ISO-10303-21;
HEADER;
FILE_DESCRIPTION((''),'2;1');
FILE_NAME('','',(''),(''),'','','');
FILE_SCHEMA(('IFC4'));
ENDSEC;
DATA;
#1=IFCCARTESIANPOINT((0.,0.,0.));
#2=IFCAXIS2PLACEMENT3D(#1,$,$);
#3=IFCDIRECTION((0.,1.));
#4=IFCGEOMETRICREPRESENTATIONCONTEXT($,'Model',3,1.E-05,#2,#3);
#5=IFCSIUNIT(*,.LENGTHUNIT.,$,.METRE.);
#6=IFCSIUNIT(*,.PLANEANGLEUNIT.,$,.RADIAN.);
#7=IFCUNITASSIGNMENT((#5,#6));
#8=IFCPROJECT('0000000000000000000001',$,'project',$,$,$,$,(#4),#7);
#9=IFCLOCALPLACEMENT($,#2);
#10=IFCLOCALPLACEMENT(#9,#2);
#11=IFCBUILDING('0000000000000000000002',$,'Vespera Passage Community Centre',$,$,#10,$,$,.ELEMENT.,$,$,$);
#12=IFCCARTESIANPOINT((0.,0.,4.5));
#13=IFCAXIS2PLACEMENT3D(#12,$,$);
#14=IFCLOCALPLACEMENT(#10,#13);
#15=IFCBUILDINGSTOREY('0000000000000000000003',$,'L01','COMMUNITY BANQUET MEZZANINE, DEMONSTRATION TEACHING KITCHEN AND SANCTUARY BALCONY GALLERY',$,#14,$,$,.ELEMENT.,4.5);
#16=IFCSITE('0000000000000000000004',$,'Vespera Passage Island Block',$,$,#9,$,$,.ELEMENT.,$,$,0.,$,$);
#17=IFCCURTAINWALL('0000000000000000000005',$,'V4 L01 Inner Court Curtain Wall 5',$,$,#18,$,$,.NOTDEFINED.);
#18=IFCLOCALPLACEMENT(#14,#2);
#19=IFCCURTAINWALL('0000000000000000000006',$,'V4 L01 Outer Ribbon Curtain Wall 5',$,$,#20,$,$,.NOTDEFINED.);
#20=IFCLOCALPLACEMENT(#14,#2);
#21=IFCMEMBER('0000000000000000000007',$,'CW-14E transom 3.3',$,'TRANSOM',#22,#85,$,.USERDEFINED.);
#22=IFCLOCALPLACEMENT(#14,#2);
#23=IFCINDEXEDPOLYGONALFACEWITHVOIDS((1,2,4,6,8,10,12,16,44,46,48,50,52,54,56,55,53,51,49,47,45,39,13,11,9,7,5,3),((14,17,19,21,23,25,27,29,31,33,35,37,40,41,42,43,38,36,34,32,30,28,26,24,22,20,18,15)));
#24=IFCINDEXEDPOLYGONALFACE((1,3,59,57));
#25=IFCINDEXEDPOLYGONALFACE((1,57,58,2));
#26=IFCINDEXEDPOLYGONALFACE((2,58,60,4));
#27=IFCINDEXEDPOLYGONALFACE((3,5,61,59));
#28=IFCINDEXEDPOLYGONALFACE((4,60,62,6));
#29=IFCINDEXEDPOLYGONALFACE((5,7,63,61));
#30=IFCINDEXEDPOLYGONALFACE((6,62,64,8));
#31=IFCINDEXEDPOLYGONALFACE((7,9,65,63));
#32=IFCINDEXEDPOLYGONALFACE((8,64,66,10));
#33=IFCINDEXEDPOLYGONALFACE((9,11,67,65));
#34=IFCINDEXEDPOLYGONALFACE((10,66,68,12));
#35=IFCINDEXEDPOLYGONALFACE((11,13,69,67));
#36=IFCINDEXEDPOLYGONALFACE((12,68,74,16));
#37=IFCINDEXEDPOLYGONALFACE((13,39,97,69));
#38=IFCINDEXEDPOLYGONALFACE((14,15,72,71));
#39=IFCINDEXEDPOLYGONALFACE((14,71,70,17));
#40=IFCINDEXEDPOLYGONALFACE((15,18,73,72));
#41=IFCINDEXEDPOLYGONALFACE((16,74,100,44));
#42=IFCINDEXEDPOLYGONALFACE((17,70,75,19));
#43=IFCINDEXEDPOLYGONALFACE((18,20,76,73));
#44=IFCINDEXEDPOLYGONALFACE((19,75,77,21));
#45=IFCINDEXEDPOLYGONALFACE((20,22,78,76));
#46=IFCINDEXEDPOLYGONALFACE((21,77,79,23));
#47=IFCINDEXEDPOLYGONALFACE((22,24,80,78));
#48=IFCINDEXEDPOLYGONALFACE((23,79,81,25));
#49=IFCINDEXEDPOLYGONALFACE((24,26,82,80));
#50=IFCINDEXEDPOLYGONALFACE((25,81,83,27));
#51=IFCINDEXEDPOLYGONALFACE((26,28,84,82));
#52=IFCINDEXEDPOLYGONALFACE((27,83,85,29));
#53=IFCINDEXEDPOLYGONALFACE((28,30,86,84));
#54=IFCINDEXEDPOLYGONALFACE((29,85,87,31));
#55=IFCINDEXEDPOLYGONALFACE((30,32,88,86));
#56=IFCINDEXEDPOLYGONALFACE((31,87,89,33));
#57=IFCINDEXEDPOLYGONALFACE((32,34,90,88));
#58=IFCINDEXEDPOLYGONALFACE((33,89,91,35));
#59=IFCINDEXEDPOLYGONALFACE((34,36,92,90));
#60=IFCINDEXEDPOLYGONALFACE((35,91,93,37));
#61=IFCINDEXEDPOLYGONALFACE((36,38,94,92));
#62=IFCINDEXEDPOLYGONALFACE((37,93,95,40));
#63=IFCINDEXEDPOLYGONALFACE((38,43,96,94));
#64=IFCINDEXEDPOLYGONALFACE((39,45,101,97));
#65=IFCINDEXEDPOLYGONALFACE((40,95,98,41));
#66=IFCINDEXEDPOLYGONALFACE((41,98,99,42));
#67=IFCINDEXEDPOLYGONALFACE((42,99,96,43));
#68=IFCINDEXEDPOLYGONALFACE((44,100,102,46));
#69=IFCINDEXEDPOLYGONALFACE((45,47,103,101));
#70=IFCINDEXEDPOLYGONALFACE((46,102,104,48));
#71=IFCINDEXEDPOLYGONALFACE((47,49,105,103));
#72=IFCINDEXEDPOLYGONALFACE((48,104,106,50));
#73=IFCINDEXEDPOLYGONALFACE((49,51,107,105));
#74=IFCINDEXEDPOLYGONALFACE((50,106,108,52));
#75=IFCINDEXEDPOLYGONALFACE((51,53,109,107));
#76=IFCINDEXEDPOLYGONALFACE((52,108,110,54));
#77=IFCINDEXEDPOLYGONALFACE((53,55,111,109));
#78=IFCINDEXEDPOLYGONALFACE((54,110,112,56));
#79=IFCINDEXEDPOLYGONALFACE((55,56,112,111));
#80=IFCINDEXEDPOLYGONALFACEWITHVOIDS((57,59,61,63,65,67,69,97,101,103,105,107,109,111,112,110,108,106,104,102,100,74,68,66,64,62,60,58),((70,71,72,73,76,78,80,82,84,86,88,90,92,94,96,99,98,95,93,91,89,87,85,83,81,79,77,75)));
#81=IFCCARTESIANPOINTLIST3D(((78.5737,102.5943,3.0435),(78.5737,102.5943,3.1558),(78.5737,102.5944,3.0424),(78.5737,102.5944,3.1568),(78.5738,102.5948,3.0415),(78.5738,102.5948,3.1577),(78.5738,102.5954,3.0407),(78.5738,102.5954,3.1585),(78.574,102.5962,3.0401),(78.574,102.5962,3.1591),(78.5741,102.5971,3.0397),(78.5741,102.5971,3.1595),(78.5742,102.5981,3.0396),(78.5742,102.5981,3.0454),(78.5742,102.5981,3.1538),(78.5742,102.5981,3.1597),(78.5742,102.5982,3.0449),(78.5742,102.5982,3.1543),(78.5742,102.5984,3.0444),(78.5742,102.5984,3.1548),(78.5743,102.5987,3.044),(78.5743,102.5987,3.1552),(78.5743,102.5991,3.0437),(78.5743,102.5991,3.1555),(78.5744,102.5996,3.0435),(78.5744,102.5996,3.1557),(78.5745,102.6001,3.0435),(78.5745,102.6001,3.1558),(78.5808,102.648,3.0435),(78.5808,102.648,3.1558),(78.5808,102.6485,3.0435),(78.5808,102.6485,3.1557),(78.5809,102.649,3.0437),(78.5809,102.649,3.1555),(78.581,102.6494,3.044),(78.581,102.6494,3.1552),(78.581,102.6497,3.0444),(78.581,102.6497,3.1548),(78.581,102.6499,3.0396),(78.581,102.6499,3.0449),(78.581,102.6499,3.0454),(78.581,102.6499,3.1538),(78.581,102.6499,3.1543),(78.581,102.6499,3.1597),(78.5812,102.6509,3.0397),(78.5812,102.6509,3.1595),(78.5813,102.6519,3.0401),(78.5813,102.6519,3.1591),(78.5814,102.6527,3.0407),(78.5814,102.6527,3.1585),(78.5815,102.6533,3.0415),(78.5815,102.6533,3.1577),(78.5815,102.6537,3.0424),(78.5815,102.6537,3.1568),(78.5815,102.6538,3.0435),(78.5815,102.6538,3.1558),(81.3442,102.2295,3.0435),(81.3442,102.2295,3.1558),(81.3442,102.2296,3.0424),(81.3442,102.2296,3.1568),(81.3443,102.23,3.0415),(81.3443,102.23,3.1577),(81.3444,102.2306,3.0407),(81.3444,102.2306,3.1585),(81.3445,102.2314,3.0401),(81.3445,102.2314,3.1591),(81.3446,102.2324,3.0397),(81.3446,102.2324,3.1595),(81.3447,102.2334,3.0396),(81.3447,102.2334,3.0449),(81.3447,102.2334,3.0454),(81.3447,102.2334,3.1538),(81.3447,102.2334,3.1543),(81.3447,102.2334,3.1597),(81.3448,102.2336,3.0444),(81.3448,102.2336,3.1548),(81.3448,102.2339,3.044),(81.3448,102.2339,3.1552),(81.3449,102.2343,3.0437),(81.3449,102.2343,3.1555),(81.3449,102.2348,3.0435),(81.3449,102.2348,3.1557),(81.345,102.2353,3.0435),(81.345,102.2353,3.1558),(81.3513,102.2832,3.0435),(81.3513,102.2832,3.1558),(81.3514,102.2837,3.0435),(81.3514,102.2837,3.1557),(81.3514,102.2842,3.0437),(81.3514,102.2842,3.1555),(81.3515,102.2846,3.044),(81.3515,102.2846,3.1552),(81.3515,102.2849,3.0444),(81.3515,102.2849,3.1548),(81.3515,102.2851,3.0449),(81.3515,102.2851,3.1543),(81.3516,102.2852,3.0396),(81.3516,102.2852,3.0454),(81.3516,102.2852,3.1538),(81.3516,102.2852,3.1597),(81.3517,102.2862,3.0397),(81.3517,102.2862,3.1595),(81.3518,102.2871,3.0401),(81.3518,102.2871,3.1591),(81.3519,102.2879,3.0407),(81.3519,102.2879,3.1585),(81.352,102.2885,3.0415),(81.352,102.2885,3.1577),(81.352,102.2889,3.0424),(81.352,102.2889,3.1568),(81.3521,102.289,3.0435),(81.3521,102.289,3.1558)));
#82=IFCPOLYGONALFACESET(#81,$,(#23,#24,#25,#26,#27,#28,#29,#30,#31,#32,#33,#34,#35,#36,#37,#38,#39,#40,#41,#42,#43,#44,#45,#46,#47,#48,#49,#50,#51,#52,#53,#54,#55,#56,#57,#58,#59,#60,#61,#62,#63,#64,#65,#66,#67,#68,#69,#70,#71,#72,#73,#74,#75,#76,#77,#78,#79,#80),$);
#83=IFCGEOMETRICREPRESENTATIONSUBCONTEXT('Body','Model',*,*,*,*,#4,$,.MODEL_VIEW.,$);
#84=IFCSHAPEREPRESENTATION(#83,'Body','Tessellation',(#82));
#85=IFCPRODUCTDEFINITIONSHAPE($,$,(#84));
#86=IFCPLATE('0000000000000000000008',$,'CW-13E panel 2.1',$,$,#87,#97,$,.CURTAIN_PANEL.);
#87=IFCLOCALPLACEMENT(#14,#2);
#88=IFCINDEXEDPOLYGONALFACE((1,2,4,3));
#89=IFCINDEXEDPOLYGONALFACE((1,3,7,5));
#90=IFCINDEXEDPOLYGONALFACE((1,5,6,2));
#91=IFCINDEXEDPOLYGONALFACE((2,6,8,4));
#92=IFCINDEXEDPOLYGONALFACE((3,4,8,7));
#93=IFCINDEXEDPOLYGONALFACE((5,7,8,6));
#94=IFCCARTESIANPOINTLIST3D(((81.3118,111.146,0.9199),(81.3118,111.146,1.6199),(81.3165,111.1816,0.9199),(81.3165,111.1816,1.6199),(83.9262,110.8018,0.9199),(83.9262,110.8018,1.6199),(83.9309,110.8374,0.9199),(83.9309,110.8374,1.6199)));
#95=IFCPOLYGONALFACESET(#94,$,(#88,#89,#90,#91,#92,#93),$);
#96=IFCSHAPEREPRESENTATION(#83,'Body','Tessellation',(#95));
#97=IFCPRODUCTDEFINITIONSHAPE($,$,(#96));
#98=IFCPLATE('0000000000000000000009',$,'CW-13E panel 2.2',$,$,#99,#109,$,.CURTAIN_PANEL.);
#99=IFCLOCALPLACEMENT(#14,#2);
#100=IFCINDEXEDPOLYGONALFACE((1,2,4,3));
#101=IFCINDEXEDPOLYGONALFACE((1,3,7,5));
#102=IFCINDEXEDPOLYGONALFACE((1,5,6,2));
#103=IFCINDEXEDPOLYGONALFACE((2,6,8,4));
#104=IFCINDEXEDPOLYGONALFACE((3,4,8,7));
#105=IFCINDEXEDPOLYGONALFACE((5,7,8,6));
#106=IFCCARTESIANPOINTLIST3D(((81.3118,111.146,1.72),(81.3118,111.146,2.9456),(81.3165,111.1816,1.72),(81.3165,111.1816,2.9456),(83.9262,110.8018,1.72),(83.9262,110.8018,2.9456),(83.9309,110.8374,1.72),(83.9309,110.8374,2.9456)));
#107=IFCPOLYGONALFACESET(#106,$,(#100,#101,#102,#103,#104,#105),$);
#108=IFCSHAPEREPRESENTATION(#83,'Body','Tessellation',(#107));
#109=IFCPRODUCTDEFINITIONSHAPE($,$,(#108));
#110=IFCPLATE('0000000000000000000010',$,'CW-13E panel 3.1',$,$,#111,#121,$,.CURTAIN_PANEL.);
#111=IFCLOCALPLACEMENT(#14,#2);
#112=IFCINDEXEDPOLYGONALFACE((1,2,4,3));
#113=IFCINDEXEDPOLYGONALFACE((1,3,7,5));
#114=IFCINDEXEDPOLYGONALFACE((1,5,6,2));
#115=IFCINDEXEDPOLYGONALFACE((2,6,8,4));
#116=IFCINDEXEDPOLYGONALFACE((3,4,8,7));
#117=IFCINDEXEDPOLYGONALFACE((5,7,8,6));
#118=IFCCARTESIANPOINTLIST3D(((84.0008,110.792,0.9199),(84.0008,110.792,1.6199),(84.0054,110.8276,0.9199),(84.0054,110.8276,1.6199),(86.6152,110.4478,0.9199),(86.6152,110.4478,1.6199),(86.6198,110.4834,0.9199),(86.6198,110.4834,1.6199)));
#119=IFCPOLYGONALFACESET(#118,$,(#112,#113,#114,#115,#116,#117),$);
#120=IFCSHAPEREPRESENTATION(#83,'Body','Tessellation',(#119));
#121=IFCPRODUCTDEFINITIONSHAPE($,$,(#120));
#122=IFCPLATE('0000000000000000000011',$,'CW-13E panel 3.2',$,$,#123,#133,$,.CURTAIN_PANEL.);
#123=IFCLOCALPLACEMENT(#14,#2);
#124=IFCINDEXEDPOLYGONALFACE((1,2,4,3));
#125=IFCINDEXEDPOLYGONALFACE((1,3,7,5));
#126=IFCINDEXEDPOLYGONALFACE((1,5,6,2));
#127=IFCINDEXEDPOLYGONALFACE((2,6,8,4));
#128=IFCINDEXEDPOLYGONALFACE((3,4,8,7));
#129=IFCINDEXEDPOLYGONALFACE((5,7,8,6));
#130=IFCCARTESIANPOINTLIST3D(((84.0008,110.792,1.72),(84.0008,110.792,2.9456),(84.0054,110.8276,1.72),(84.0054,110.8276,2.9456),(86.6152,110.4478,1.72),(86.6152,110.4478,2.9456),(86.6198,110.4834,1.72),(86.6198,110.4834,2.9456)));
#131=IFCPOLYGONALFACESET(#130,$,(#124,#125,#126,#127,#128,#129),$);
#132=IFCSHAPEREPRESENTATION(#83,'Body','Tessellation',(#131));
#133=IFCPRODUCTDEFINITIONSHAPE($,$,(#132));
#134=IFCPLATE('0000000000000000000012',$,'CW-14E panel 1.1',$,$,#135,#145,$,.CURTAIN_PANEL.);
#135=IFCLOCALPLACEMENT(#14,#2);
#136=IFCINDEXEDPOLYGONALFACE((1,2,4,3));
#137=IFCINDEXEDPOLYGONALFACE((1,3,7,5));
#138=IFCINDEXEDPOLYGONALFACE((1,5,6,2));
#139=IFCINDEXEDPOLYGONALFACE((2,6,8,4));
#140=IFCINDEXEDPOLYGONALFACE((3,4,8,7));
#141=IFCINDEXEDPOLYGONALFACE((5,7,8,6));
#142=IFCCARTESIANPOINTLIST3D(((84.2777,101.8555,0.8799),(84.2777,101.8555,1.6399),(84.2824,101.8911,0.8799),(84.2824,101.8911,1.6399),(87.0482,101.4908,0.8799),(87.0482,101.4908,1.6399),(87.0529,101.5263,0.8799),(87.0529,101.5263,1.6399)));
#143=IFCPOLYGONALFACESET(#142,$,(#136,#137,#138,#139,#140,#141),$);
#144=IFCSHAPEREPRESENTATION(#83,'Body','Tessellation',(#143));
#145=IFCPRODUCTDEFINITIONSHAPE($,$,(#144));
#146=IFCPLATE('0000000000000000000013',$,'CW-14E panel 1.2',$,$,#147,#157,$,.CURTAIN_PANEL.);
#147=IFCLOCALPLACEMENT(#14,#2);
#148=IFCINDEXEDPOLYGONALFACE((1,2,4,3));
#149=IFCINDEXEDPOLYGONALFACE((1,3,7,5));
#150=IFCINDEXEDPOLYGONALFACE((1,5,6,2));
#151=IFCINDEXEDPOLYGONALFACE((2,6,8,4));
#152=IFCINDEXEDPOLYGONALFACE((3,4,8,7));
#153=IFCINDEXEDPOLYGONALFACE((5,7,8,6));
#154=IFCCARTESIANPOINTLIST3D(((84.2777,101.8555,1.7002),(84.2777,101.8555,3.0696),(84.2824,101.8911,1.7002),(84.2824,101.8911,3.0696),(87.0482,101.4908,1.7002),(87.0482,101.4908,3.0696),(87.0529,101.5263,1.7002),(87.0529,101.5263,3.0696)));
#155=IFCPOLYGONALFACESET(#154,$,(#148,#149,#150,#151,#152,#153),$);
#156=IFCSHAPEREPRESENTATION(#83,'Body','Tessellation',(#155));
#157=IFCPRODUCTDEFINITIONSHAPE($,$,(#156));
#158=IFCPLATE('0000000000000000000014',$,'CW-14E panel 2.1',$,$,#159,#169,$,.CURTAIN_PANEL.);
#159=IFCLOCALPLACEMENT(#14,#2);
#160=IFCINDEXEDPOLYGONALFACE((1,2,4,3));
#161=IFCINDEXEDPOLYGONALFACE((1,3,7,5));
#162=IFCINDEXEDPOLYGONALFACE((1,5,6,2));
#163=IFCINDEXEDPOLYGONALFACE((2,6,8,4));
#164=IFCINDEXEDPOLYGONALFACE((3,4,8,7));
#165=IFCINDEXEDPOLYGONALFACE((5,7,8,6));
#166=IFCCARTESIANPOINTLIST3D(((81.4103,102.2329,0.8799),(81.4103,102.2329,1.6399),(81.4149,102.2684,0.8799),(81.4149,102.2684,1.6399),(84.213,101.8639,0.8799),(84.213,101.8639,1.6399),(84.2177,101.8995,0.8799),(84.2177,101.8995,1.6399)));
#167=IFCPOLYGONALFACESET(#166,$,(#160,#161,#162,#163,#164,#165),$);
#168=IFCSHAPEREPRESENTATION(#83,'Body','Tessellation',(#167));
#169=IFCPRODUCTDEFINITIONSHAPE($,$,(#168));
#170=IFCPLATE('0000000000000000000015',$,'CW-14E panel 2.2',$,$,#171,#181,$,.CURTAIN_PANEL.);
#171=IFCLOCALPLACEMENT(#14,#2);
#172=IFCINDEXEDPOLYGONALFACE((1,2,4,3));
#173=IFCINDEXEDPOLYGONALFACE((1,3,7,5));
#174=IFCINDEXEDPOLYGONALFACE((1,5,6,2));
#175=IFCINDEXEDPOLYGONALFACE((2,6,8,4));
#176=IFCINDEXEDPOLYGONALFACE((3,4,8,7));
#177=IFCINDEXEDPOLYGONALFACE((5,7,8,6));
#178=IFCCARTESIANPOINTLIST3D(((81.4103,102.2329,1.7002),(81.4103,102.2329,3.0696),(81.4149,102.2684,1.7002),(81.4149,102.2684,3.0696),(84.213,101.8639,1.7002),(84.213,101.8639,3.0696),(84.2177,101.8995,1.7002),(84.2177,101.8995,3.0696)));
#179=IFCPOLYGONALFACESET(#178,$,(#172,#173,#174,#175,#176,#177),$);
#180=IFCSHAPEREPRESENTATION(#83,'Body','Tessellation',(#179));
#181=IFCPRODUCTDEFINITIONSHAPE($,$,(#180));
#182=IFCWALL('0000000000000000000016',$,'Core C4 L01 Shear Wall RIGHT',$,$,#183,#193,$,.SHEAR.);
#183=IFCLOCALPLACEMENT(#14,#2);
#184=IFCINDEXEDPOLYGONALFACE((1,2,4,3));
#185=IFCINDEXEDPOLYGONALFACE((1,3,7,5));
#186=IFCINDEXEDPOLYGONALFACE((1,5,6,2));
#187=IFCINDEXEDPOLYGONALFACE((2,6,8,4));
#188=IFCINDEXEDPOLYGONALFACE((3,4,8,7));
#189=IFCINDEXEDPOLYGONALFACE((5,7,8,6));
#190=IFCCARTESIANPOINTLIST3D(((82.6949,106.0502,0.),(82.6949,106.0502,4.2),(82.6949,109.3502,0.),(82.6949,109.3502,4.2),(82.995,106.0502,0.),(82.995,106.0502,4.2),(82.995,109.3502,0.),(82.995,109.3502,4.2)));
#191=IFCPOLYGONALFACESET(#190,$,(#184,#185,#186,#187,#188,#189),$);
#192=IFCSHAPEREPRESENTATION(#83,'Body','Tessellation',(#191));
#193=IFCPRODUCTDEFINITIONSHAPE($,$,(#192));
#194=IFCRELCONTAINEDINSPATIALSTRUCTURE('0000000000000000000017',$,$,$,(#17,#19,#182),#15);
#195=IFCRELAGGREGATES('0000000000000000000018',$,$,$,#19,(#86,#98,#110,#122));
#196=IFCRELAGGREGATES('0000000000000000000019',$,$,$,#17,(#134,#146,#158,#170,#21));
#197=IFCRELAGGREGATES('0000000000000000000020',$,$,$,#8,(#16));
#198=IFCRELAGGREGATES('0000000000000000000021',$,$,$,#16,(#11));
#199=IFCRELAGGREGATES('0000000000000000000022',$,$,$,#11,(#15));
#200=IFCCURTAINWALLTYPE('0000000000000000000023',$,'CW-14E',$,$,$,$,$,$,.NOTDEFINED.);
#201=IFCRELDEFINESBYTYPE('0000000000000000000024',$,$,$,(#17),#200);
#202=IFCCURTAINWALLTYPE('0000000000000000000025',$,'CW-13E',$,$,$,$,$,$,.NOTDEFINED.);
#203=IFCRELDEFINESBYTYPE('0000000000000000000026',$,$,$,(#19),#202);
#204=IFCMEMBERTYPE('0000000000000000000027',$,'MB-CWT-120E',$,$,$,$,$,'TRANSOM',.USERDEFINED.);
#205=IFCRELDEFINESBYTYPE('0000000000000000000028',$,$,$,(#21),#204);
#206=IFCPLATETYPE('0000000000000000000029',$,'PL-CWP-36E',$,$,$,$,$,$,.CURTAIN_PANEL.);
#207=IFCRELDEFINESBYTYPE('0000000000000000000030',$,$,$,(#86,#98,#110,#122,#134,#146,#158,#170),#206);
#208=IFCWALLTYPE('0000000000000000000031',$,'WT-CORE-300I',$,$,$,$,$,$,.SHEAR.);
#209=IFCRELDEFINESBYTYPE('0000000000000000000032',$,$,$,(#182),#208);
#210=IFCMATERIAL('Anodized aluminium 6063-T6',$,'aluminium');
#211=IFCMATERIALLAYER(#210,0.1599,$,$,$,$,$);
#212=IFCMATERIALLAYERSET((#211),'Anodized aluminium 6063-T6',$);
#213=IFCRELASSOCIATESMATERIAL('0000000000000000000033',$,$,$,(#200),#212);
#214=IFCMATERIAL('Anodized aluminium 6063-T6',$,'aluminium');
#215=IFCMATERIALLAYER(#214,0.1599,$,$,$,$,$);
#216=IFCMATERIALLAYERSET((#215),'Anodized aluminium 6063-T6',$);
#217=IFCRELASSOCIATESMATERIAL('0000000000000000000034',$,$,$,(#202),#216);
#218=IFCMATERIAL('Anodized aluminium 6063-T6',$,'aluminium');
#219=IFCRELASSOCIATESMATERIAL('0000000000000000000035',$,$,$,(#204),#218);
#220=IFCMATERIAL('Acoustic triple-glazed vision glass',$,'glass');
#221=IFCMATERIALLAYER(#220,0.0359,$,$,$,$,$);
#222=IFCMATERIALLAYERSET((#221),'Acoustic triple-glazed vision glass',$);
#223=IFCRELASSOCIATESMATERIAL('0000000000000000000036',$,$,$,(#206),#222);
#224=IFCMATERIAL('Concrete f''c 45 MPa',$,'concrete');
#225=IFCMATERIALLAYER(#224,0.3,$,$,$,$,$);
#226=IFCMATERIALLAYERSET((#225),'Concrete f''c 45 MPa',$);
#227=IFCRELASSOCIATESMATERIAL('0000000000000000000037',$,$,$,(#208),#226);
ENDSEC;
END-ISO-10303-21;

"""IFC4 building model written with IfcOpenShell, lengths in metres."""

from ifc_helpers import new_model, si_unit, direction, frame, frame_2d, origin, origin_2d, place, context, subcontext, project, spatial, rectangle, hollow_rectangle, extrude, material, layer, layer_set, material_profile, profile_set, type_object, element, aggregate, save


model = new_model("IFC4")

# Units and contexts
model_context = context("Model", 3, precision=1e-05, world=origin(), true_north=direction((0.0, 1.0)))
body_context = subcontext(model_context, "Body", "Model", "MODEL_VIEW")
ifc_project = project(units=[si_unit("LENGTHUNIT", "METRE"), si_unit("PLANEANGLEUNIT", "RADIAN")], contexts=[model_context])

# Site, building, storey
site_placement = place(None, origin())
site = spatial("IfcSite", under=ifc_project, at=site_placement, Name="Vespera Passage Island Block", CompositionType="ELEMENT", RefElevation=0.0)
building_placement = place(site_placement, origin())
building = spatial("IfcBuilding", under=site, at=building_placement, Name="Vespera Passage Community Centre", CompositionType="ELEMENT")
storey_placement = place(building_placement, frame((0.0, 0.0, 4.5)))
storey = spatial("IfcBuildingStorey", under=building, at=storey_placement, Name="L01", Description="COMMUNITY BANQUET MEZZANINE, DEMONSTRATION TEACHING KITCHEN AND SANCTUARY BALCONY GALLERY", CompositionType="ELEMENT", Elevation=4.5)

# Curtain walls
ifc_material_1 = material(Name="Anodized aluminium 6063-T6", Category="aluminium")
ifc_layer_1 = layer(ifc_material_1, 0.1599)
ifc_layer_set_1 = layer_set([ifc_layer_1], Name="Anodized aluminium 6063-T6")
curtain_wall_type_1 = type_object("IfcCurtainWallType", Name="CW-14E", PredefinedType="NOTDEFINED", material=ifc_layer_set_1)
curtain_wall_1_placement = place(storey_placement, origin())
curtain_wall_1 = element("IfcCurtainWall", 1, at=curtain_wall_1_placement, inside=storey, type_object=curtain_wall_type_1, Name="V4 L01 Inner Court Curtain Wall 5", PredefinedType="NOTDEFINED")
ifc_material_2 = material(Name="Anodized aluminium 6063-T6", Category="aluminium")
ifc_layer_2 = layer(ifc_material_2, 0.1599)
ifc_layer_set_2 = layer_set([ifc_layer_2], Name="Anodized aluminium 6063-T6")
curtain_wall_type_2 = type_object("IfcCurtainWallType", Name="CW-13E", PredefinedType="NOTDEFINED", material=ifc_layer_set_2)
curtain_wall_2_placement = place(storey_placement, origin())
curtain_wall_2 = element("IfcCurtainWall", 2, at=curtain_wall_2_placement, inside=storey, type_object=curtain_wall_type_2, Name="V4 L01 Outer Ribbon Curtain Wall 5", PredefinedType="NOTDEFINED")

# Member
ifc_material_3 = material(Name="Anodized aluminium 6063-T6", Category="aluminium")
ifc_material_profile_1 = material_profile(ifc_material_3, hollow_rectangle(XDim=0.0601, YDim=0.1201, WallThickness=0.0039, InnerFilletRadius=0.002, OuterFilletRadius=0.0039, at=origin_2d()), Name="ALU120X60X4")
ifc_profile_set_1 = profile_set([ifc_material_profile_1], Name="Anodized aluminium 6063-T6")
member_type_1 = type_object("IfcMemberType", Name="MB-CWT-120E", ElementType="TRANSOM", PredefinedType="USERDEFINED", material=ifc_profile_set_1)
member_1_placement = place(storey_placement, frame((81.3481, 102.2593, 3.0996), z_axis=(-0.991445, 0.130527, 0.0), x_axis=(-0.130527, -0.991445, 0.0)))
member_1 = element("IfcMember", 3, at=member_1_placement, type_object=member_type_1, Name="CW-14E transom 3.3", ObjectType="TRANSOM", PredefinedType="USERDEFINED", context=body_context, shape_type="SweptSolid", body=[
    extrude(hollow_rectangle(XDim=0.0601, YDim=0.1201, WallThickness=0.0039, InnerFilletRadius=0.002, OuterFilletRadius=0.0039, at=origin_2d()), origin(), (0.0, 0.0, 1.0), 2.7944),
])

# Plates
ifc_material_4 = material(Name="Acoustic triple-glazed vision glass", Category="glass")
ifc_layer_3 = layer(ifc_material_4, 0.0359)
ifc_layer_set_3 = layer_set([ifc_layer_3], Name="Acoustic triple-glazed vision glass")
plate_type = type_object("IfcPlateType", Name="PL-CWP-36E", PredefinedType="CURTAIN_PANEL", material=ifc_layer_set_3)
plate_1_placement = place(storey_placement, frame((82.6213, 110.9917, 0.9199), z_axis=(0.0, 0.0, 1.0), x_axis=(0.991444, -0.130531, 0.0)))
plate_1 = element("IfcPlate", 4, at=plate_1_placement, type_object=plate_type, Name="CW-13E panel 2.1", PredefinedType="CURTAIN_PANEL", context=body_context, shape_type="SweptSolid", body=[
    extrude(rectangle(XDim=2.637, YDim=0.0359, at=origin_2d()), origin(), (0.0, 0.0, 1.0), 0.7),
])
plate_2_placement = place(storey_placement, frame((82.6213, 110.9917, 1.72), z_axis=(0.0, 0.0, 1.0), x_axis=(0.991444, -0.130531, 0.0)))
plate_2 = element("IfcPlate", 5, at=plate_2_placement, type_object=plate_type, Name="CW-13E panel 2.2", PredefinedType="CURTAIN_PANEL", context=body_context, shape_type="SweptSolid", body=[
    extrude(rectangle(XDim=2.637, YDim=0.0359, at=origin_2d()), origin(), (0.0, 0.0, 1.0), 1.2256),
])
plate_3_placement = place(storey_placement, frame((85.3103, 110.6377, 0.9199), z_axis=(0.0, 0.0, 1.0), x_axis=(0.991444, -0.130531, 0.0)))
plate_3 = element("IfcPlate", 6, at=plate_3_placement, type_object=plate_type, Name="CW-13E panel 3.1", PredefinedType="CURTAIN_PANEL", context=body_context, shape_type="SweptSolid", body=[
    extrude(rectangle(XDim=2.637, YDim=0.0359, at=origin_2d()), origin(), (0.0, 0.0, 1.0), 0.7),
])
plate_4_placement = place(storey_placement, frame((85.3103, 110.6377, 1.72), z_axis=(0.0, 0.0, 1.0), x_axis=(0.991444, -0.130531, 0.0)))
plate_4 = element("IfcPlate", 7, at=plate_4_placement, type_object=plate_type, Name="CW-13E panel 3.2", PredefinedType="CURTAIN_PANEL", context=body_context, shape_type="SweptSolid", body=[
    extrude(rectangle(XDim=2.637, YDim=0.0359, at=origin_2d()), origin(), (0.0, 0.0, 1.0), 1.2256),
])
aggregate(curtain_wall_2, [plate_1, plate_2, plate_3, plate_4])
plate_5_placement = place(storey_placement, frame((85.6653, 101.6909, 0.8799), z_axis=(0.0, 0.0, 1.0), x_axis=(-0.991445, 0.130522, 0.0)))
plate_5 = element("IfcPlate", 8, at=plate_5_placement, type_object=plate_type, Name="CW-14E panel 1.1", PredefinedType="CURTAIN_PANEL", context=body_context, shape_type="SweptSolid", body=[
    extrude(rectangle(XDim=2.7944, YDim=0.0359, at=origin_2d()), origin(), (0.0, 0.0, 1.0), 0.76),
])
plate_6_placement = place(storey_placement, frame((85.6653, 101.6909, 1.7002), z_axis=(0.0, 0.0, 1.0), x_axis=(-0.991445, 0.130522, 0.0)))
plate_6 = element("IfcPlate", 9, at=plate_6_placement, type_object=plate_type, Name="CW-14E panel 1.2", PredefinedType="CURTAIN_PANEL", context=body_context, shape_type="SweptSolid", body=[
    extrude(rectangle(XDim=2.7944, YDim=0.0359, at=origin_2d()), origin(), (0.0, 0.0, 1.0), 1.3694),
])
plate_7_placement = place(storey_placement, frame((82.814, 102.0662, 0.8799), z_axis=(0.0, 0.0, 1.0), x_axis=(-0.991445, 0.130522, 0.0)))
plate_7 = element("IfcPlate", 10, at=plate_7_placement, type_object=plate_type, Name="CW-14E panel 2.1", PredefinedType="CURTAIN_PANEL", context=body_context, shape_type="SweptSolid", body=[
    extrude(rectangle(XDim=2.8269, YDim=0.0359, at=origin_2d()), origin(), (0.0, 0.0, 1.0), 0.76),
])
plate_8_placement = place(storey_placement, frame((82.814, 102.0662, 1.7002), z_axis=(0.0, 0.0, 1.0), x_axis=(-0.991445, 0.130522, 0.0)))
plate_8 = element("IfcPlate", 11, at=plate_8_placement, type_object=plate_type, Name="CW-14E panel 2.2", PredefinedType="CURTAIN_PANEL", context=body_context, shape_type="SweptSolid", body=[
    extrude(rectangle(XDim=2.8269, YDim=0.0359, at=origin_2d()), origin(), (0.0, 0.0, 1.0), 1.3694),
])
aggregate(curtain_wall_1, [plate_5, plate_6, plate_7, plate_8, member_1])

# Shared definitions
ifc_material_5 = material(Name="Concrete f'c 45 MPa", Category="concrete")
ifc_layer_4 = layer(ifc_material_5, 0.3)
ifc_layer_set_4 = layer_set([ifc_layer_4], Name="Concrete f'c 45 MPa")
wall_type_1 = type_object("IfcWallType", Name="WT-CORE-300I", PredefinedType="SHEAR", material=ifc_layer_set_4)

# Wall
wall_1_placement = place(storey_placement, frame((82.845, 109.3501, 0.0), z_axis=(0.0, 0.0, 1.0), x_axis=(0.0, -1.0, 0.0)))
element("IfcWall", 12, at=wall_1_placement, inside=storey, type_object=wall_type_1, Name="Core C4 L01 Shear Wall RIGHT", PredefinedType="SHEAR", context=body_context, shape_type="SweptSolid", body=[
    extrude(rectangle(XDim=3.3, YDim=0.3, at=frame_2d((1.6499, 0.0))), origin(), (0.0, 0.0, 1.0), 4.2),
])

save(model, "model.ifc")
